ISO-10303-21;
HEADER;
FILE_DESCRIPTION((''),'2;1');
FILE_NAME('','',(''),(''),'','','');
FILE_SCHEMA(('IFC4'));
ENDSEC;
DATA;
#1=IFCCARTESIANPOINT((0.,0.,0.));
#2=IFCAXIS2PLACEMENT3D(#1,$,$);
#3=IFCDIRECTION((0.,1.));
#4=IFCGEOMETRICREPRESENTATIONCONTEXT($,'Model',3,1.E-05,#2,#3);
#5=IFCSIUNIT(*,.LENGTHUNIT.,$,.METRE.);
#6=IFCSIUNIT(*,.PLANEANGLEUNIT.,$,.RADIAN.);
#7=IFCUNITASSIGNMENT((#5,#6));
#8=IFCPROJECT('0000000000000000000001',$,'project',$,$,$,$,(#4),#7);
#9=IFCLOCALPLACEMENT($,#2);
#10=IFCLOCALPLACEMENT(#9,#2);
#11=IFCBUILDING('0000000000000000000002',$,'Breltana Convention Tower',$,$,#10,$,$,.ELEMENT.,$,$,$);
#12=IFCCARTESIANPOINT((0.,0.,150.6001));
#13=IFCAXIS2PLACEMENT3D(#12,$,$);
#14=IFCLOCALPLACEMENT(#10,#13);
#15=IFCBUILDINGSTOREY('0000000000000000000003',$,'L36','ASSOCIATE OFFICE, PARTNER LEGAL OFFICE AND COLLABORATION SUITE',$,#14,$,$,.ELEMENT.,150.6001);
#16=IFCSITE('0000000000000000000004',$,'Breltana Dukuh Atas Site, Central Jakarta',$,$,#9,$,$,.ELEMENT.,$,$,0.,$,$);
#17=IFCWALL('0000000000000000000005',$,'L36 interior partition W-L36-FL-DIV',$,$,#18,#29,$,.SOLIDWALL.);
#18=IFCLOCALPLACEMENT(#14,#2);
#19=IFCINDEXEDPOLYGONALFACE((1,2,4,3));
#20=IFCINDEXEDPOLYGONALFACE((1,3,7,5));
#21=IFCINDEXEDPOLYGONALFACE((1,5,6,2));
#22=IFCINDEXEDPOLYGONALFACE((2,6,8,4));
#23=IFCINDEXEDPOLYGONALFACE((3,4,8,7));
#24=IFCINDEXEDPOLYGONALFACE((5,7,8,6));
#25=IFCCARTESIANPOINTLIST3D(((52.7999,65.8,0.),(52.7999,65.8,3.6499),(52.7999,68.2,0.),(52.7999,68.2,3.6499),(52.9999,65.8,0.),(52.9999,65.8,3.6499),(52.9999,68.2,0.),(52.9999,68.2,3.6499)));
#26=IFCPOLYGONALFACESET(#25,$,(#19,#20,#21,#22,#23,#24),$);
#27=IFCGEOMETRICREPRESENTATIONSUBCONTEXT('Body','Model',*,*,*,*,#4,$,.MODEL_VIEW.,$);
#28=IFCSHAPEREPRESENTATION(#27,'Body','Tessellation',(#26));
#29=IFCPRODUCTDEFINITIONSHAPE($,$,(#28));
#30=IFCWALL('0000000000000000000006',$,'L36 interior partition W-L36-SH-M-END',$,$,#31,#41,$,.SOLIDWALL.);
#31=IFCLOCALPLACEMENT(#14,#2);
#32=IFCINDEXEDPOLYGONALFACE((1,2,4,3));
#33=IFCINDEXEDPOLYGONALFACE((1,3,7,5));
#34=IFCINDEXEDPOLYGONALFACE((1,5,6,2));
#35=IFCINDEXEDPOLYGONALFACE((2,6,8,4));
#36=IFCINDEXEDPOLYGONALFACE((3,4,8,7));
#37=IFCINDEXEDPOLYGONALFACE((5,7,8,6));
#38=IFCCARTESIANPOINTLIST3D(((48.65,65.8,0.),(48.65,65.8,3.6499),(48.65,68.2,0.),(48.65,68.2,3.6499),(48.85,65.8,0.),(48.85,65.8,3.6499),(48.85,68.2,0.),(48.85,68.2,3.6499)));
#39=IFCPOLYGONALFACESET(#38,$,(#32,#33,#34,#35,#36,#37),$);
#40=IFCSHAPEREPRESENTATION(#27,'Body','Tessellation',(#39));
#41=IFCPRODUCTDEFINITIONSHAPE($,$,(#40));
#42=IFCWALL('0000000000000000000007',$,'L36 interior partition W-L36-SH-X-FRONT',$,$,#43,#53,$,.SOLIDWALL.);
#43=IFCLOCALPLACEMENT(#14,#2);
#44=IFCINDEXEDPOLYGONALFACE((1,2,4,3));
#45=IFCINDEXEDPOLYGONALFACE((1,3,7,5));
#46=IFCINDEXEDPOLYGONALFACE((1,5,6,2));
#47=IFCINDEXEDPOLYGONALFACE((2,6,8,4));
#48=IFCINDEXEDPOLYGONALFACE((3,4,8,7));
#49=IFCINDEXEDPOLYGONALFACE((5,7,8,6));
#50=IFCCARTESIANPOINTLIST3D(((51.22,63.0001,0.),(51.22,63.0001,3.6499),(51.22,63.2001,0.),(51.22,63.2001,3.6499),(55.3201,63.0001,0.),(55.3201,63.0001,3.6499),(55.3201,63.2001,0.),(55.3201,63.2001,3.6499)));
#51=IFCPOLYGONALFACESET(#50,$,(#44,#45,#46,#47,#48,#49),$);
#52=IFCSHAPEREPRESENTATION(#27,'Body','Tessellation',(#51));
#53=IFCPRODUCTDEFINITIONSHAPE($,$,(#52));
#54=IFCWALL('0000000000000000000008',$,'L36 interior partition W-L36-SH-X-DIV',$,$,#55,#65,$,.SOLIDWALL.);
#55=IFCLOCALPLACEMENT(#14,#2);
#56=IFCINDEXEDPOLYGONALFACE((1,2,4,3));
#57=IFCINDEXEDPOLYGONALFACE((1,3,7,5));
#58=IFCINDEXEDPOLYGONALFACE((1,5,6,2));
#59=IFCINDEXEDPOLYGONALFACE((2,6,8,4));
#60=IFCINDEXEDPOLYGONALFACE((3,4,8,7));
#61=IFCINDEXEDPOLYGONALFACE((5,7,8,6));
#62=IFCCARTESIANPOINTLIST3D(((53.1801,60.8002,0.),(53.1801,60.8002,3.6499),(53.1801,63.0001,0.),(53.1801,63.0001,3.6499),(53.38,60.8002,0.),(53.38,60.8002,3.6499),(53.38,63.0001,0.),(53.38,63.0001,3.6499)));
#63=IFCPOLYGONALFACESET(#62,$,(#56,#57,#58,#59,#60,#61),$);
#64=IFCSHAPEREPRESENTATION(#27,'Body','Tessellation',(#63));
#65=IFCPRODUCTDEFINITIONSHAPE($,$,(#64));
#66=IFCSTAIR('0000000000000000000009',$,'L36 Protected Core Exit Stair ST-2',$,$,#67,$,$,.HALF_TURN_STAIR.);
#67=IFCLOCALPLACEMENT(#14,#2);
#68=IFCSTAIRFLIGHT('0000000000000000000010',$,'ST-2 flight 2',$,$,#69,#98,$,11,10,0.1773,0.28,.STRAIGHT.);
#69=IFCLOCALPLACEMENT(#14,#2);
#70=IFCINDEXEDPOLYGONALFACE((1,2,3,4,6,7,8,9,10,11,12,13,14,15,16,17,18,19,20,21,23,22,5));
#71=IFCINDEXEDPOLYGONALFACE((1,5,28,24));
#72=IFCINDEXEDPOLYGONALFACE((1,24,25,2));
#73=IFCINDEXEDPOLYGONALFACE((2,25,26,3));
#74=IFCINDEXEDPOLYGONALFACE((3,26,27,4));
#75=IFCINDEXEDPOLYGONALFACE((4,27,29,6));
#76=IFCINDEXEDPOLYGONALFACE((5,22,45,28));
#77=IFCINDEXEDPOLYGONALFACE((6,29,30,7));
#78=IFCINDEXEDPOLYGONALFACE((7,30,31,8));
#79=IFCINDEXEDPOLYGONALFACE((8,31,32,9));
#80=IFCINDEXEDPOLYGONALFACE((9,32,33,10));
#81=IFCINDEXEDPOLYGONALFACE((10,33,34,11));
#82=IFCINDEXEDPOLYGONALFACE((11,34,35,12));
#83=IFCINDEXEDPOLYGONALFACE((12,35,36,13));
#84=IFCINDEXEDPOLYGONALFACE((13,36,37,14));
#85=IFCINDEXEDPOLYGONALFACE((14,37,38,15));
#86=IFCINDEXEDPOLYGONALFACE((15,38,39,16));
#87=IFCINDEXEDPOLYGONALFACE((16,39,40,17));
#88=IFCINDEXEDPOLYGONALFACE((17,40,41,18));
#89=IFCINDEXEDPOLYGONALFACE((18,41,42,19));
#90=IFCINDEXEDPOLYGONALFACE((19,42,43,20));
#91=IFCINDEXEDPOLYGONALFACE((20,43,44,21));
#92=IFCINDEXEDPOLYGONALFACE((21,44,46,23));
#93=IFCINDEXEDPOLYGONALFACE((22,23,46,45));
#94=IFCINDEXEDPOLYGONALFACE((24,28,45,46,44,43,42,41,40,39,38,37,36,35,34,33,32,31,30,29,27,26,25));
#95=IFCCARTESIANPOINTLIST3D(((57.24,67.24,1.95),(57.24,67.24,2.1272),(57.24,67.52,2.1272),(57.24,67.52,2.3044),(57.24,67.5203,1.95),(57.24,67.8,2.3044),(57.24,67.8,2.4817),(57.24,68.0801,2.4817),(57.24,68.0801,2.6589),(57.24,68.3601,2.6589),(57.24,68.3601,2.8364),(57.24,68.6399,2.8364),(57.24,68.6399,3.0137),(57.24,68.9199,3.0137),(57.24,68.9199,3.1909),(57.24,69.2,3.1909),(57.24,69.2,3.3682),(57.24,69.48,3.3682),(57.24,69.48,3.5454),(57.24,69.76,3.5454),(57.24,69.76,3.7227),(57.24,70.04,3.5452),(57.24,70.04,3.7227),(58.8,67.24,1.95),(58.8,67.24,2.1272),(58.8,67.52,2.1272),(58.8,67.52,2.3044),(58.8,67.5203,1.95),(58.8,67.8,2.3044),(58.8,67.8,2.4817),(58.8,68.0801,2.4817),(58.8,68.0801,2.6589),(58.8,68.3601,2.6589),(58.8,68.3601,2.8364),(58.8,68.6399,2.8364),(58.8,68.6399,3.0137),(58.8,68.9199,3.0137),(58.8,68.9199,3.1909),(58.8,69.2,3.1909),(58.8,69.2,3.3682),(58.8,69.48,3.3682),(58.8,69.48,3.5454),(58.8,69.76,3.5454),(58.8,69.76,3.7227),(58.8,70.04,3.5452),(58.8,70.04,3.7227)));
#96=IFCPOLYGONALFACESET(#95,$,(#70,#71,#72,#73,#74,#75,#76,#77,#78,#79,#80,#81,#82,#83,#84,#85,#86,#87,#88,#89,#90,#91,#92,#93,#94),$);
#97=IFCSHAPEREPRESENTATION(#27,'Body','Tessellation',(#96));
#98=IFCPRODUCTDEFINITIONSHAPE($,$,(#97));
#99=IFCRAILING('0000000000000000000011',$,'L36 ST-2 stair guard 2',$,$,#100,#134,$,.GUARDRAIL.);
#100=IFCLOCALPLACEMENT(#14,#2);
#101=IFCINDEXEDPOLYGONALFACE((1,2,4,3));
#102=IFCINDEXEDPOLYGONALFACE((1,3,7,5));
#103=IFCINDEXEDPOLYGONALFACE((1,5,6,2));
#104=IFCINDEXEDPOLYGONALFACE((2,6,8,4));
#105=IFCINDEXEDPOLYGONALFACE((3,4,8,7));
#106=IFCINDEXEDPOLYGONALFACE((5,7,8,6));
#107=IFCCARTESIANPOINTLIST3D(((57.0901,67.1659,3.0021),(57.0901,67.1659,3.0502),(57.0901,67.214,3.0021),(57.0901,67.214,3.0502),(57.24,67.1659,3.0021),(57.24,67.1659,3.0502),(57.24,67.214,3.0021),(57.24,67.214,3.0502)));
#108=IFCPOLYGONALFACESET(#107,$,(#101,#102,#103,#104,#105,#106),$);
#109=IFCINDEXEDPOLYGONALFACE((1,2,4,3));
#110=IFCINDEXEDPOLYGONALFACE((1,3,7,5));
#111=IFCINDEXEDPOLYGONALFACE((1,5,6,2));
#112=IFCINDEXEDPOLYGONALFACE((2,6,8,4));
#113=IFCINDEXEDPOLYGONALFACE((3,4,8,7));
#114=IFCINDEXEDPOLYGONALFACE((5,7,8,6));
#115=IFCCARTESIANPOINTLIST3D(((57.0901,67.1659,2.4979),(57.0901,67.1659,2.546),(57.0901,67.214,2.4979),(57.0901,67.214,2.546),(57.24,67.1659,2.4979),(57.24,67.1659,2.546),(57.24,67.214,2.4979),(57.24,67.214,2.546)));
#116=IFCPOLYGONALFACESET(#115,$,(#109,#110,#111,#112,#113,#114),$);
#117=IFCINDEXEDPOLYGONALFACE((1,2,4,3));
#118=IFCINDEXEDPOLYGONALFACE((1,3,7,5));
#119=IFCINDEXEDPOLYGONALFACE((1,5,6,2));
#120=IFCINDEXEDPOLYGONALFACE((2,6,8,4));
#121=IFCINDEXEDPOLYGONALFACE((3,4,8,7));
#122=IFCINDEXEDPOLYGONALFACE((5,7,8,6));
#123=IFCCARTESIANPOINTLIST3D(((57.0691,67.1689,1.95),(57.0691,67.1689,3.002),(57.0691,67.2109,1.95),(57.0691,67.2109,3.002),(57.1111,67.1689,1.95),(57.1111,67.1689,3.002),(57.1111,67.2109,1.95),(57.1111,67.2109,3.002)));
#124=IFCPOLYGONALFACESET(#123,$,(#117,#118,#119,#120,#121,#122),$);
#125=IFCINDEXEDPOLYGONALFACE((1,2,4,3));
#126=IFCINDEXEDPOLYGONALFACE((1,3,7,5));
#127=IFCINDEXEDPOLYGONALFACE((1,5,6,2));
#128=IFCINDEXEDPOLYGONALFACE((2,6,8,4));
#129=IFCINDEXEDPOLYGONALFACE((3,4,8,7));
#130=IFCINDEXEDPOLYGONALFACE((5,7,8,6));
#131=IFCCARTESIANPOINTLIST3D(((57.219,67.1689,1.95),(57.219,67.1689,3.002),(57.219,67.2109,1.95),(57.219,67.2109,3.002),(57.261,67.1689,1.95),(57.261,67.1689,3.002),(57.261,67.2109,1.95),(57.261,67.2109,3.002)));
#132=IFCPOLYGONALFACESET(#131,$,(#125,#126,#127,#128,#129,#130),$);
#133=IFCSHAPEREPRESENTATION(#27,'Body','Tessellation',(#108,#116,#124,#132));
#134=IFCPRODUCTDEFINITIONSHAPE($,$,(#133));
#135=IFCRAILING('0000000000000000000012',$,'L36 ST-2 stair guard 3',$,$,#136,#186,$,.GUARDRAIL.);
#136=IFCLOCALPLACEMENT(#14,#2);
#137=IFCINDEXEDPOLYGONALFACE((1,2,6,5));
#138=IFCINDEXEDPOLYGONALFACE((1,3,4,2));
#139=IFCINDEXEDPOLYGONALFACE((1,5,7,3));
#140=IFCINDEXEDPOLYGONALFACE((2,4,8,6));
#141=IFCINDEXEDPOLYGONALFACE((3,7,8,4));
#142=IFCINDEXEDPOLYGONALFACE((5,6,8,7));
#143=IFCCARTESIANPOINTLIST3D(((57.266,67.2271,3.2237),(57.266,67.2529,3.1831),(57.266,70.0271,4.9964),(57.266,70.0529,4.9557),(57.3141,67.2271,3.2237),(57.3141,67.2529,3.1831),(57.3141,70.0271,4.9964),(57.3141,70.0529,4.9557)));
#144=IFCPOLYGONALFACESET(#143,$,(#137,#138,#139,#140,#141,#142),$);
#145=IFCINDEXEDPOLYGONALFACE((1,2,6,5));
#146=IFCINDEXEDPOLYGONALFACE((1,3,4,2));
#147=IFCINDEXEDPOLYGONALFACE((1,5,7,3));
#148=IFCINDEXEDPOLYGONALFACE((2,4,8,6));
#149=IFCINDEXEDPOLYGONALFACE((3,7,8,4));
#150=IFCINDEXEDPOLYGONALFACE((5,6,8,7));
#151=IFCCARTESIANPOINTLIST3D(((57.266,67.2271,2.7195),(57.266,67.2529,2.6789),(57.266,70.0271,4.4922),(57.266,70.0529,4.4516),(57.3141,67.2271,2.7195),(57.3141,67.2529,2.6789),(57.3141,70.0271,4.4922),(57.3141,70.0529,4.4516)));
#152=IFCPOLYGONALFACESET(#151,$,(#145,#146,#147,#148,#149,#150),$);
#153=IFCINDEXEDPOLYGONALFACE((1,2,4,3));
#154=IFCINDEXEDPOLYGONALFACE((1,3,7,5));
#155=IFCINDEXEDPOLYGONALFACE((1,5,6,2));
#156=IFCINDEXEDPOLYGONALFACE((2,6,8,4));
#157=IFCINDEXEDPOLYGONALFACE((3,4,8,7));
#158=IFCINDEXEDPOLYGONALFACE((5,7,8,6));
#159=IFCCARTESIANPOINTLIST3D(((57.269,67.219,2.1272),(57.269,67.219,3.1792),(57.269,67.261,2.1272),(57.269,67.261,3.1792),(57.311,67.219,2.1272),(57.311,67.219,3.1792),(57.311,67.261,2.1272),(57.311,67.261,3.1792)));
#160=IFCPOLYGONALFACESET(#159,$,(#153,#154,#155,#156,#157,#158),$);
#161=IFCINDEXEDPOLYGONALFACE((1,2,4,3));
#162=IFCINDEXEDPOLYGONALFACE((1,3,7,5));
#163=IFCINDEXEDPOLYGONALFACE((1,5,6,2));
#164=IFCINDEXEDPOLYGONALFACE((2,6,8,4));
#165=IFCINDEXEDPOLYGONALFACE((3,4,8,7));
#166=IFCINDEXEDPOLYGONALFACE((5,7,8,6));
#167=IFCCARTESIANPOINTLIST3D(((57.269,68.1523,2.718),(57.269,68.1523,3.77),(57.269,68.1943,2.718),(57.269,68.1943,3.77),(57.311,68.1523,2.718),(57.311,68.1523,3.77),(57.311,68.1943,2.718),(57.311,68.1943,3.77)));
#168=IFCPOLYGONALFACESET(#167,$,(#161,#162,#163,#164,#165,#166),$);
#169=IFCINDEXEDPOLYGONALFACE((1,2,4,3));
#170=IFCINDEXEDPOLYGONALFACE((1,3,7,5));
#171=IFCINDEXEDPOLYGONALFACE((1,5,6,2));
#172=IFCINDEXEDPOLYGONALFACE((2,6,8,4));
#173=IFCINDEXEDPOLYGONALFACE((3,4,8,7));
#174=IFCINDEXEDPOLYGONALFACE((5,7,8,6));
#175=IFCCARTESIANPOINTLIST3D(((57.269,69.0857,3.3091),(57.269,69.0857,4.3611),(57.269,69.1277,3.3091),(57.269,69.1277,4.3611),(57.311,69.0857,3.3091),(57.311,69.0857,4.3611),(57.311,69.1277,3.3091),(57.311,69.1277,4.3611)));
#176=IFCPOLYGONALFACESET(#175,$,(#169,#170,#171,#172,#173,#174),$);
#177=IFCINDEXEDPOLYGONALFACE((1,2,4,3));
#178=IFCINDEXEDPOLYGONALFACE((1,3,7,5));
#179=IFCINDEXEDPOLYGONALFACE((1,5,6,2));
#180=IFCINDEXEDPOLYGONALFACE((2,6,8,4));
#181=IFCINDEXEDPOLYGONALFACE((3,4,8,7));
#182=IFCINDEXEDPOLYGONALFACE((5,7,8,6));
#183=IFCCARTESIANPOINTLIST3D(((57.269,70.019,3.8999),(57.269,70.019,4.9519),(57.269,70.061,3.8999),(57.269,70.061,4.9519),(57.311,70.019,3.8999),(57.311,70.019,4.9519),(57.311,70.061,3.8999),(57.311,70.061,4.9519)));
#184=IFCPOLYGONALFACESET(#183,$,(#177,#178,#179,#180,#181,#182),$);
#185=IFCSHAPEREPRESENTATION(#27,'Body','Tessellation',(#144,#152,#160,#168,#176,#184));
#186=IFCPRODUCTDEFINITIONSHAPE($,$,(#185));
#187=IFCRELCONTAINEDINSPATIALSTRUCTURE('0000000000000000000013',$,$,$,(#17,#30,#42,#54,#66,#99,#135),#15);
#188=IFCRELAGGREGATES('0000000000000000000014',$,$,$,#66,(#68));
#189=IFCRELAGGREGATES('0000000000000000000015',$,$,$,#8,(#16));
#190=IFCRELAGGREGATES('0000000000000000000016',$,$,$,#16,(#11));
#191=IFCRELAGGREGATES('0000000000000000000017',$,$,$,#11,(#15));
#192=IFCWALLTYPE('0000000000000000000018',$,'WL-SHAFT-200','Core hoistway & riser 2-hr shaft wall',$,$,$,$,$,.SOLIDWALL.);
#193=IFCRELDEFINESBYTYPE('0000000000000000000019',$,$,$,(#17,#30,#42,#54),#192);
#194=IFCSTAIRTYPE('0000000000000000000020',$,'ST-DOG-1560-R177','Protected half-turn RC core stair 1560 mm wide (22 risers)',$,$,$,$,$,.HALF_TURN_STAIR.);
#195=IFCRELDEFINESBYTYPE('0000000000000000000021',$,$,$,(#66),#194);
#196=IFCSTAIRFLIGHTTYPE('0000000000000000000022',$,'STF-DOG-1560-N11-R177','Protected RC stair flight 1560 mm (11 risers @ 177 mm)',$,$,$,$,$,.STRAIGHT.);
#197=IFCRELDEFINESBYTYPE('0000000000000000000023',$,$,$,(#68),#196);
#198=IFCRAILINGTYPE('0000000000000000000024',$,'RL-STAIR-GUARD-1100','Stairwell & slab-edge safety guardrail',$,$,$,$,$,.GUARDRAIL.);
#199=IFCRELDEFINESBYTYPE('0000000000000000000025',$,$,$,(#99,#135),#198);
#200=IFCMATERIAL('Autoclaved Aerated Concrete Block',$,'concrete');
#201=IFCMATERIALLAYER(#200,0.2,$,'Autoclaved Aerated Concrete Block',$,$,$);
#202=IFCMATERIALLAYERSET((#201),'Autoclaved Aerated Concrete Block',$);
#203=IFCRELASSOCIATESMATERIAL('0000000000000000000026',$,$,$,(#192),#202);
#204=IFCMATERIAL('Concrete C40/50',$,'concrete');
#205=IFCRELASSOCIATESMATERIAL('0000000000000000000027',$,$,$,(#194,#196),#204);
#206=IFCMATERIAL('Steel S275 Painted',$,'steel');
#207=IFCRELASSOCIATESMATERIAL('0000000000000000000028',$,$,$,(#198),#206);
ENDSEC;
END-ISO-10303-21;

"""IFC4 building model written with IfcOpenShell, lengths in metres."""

from ifc_helpers import new_model, si_unit, direction, frame, frame_2d, origin, origin_2d, place, context, subcontext, project, spatial, polyline, rectangle, outline, extrude, source, transform, mapped, material, layer, layer_set, type_object, element, aggregate, save


model = new_model("IFC4")

# Units and contexts
model_context = context("Model", 3, precision=1e-05, world=origin(), true_north=direction((0.0, 1.0)))
body_context = subcontext(model_context, "Body", "Model", "MODEL_VIEW")
ifc_project = project(units=[si_unit("LENGTHUNIT", "METRE"), si_unit("PLANEANGLEUNIT", "RADIAN")], contexts=[model_context])

# Site, building, storey
site_placement = place(None, origin())
site = spatial("IfcSite", under=ifc_project, at=site_placement, Name="Breltana Dukuh Atas Site, Central Jakarta", CompositionType="ELEMENT", RefElevation=0.0)
building_placement = place(site_placement, origin())
building = spatial("IfcBuilding", under=site, at=building_placement, Name="Breltana Convention Tower", CompositionType="ELEMENT")
storey_placement = place(building_placement, frame((0.0, 0.0, 150.6001)))
storey = spatial("IfcBuildingStorey", under=building, at=storey_placement, Name="L36", Description="ASSOCIATE OFFICE, PARTNER LEGAL OFFICE AND COLLABORATION SUITE", CompositionType="ELEMENT", Elevation=150.6001)

# Walls
ifc_material_1 = material(Name="Autoclaved Aerated Concrete Block", Category="concrete")
ifc_layer_1 = layer(ifc_material_1, 0.2, Name="Autoclaved Aerated Concrete Block")
ifc_layer_set_1 = layer_set([ifc_layer_1], Name="Autoclaved Aerated Concrete Block")
wall_type_1 = type_object("IfcWallType", Name="WL-SHAFT-200", Description="Core hoistway & riser 2-hr shaft wall", PredefinedType="SOLIDWALL", material=ifc_layer_set_1)
shared_shape_1 = source(origin(), body_context, "Body", "SweptSolid", [
    extrude(rectangle(XDim=2.3999, YDim=0.2, at=frame_2d((1.2, 0.0))), origin(), (0.0, 0.0, 1.0), 3.6499),
])
for number, where, z_axis, x_axis, name in (
    (1, (52.8999, 65.8, 0.0), (0.0, 0.0, 1.0), (0.0, 1.0, 0.0), "L36 interior partition W-L36-FL-DIV"),
    (2, (48.75, 65.8, 0.0), (0.0, 0.0, 1.0), (0.0, 1.0, 0.0), "L36 interior partition W-L36-SH-M-END"),
):
    element("IfcWall", number, at=place(storey_placement, frame(where, z_axis=z_axis, x_axis=x_axis)), inside=storey, type_object=wall_type_1, Name=name, PredefinedType="SOLIDWALL", context=body_context, shape_type="MappedRepresentation", body=[
        mapped(shared_shape_1, transform((0.0, 0.0, 0.0), scale=1.0)),
    ])
shared_shape_2 = source(origin(), body_context, "Body", "SweptSolid", [
    extrude(rectangle(XDim=4.1001, YDim=0.2, at=frame_2d((2.05, 0.0))), origin(), (0.0, 0.0, 1.0), 3.6499),
])
wall_1_placement = place(storey_placement, frame((51.22, 63.1001, 0.0), z_axis=(0.0, 0.0, 1.0), x_axis=(1.0, 0.0, 0.0)))
element("IfcWall", 3, at=wall_1_placement, inside=storey, type_object=wall_type_1, Name="L36 interior partition W-L36-SH-X-FRONT", PredefinedType="SOLIDWALL", context=body_context, shape_type="MappedRepresentation", body=[
    mapped(shared_shape_2, transform((0.0, 0.0, 0.0), scale=1.0)),
])
shared_shape_3 = source(origin(), body_context, "Body", "SweptSolid", [
    extrude(rectangle(XDim=2.2, YDim=0.2, at=frame_2d((1.1001, 0.0))), origin(), (0.0, 0.0, 1.0), 3.6499),
])
wall_2_placement = place(storey_placement, frame((53.28, 60.8, 0.0), z_axis=(0.0, 0.0, 1.0), x_axis=(0.0, 1.0, 0.0)))
element("IfcWall", 4, at=wall_2_placement, inside=storey, type_object=wall_type_1, Name="L36 interior partition W-L36-SH-X-DIV", PredefinedType="SOLIDWALL", context=body_context, shape_type="MappedRepresentation", body=[
    mapped(shared_shape_3, transform((0.0, 0.0, 0.0), scale=1.0)),
])

# Stair, stair flight
ifc_material_2 = material(Name="Concrete C40/50", Category="concrete")
stair_type = type_object("IfcStairType", Name="ST-DOG-1560-R177", Description="Protected half-turn RC core stair 1560 mm wide (22 risers)", PredefinedType="HALF_TURN_STAIR", material=ifc_material_2)
stair_placement = place(storey_placement, origin())
stair = element("IfcStair", 5, at=stair_placement, inside=storey, type_object=stair_type, Name="L36 Protected Core Exit Stair ST-2", PredefinedType="HALF_TURN_STAIR")
stair_flight_type = type_object("IfcStairFlightType", Name="STF-DOG-1560-N11-R177", Description="Protected RC stair flight 1560 mm (11 risers @ 177 mm)", PredefinedType="STRAIGHT", material=ifc_material_2)
stair_flight_placement = place(storey_placement, frame((58.02, 67.24, 1.95), z_axis=(0.0, 0.0, 1.0), x_axis=(0.0, 1.0, 0.0)))
stair_flight = element("IfcStairFlight", 6, at=stair_flight_placement, type_object=stair_flight_type, Name="ST-2 flight 2", NumberOfRisers=11, NumberOfTreads=10, PredefinedType="STRAIGHT", RiserHeight=0.1773, TreadLength=0.28, context=body_context, shape_type="SweptSolid", body=[
    extrude(outline(polyline([(0.0, 0.0), (0.0, 0.1772), (0.28, 0.1772), (0.28, 0.3545), (0.5601, 0.3545), (0.5601, 0.5317), (0.8401, 0.5317), (0.8401, 0.709), (1.1201, 0.709), (1.1201, 0.8865), (1.3999, 0.8865), (1.3999, 1.0637), (1.6799, 1.0637), (1.6799, 1.241), (1.96, 1.241), (1.96, 1.4182), (2.24, 1.4182), (2.24, 1.5955), (2.52, 1.5955), (2.52, 1.7727), (2.8, 1.7727), (2.8, 1.95), (2.8, 1.5952), (0.2803, 0.0), (0.0, 0.0)])), frame((0.0, 0.78, 0.0), z_axis=(0.0, -1.0, 0.0), x_axis=(1.0, 0.0, 0.0)), (0.0, 0.0, 1.0), 1.5601),
])
aggregate(stair, [stair_flight])

# Railings
ifc_material_3 = material(Name="Steel S275 Painted", Category="steel")
railing_type = type_object("IfcRailingType", Name="RL-STAIR-GUARD-1100", Description="Stairwell & slab-edge safety guardrail", PredefinedType="GUARDRAIL", material=ifc_material_3)
railing_1_placement = place(storey_placement, frame((57.0901, 67.1899, 1.95)))
element("IfcRailing", 7, at=railing_1_placement, inside=storey, type_object=railing_type, Name="L36 ST-2 stair guard 2", PredefinedType="GUARDRAIL", context=body_context, shape_type="SweptSolid", body=[
    extrude(rectangle(XDim=0.0481, YDim=0.0481, at=origin_2d()), frame((0.0, 0.0, 1.0762), z_axis=(1.0, 0.0, 0.0), x_axis=(0.0, 1.0, 0.0)), (0.0, 0.0, 1.0), 0.1499),
    extrude(rectangle(XDim=0.0481, YDim=0.0481, at=origin_2d()), frame((0.0, 0.0, 0.572), z_axis=(1.0, 0.0, 0.0), x_axis=(0.0, 1.0, 0.0)), (0.0, 0.0, 1.0), 0.1499),
    extrude(rectangle(XDim=0.042, YDim=0.042, at=origin_2d()), origin(), (0.0, 0.0, 1.0), 1.052),
    extrude(rectangle(XDim=0.042, YDim=0.042, at=origin_2d()), frame((0.1499, 0.0, 0.0)), (0.0, 0.0, 1.0), 1.052),
])
railing_2_placement = place(storey_placement, frame((57.29, 67.24, 2.1272)))
element("IfcRailing", 8, at=railing_2_placement, inside=storey, type_object=railing_type, Name="L36 ST-2 stair guard 3", PredefinedType="GUARDRAIL", context=body_context, shape_type="SweptSolid", body=[
    extrude(rectangle(XDim=0.0481, YDim=0.0481, at=origin_2d()), frame((0.0, 0.0, 1.0762), z_axis=(0.0, 0.844909, 0.53491), x_axis=(-1.0, 0.0, 0.0)), (0.0, 0.0, 1.0), 3.314),
    extrude(rectangle(XDim=0.0481, YDim=0.0481, at=origin_2d()), frame((0.0, 0.0, 0.572), z_axis=(0.0, 0.844909, 0.53491), x_axis=(-1.0, 0.0, 0.0)), (0.0, 0.0, 1.0), 3.314),
    extrude(rectangle(XDim=0.042, YDim=0.042, at=origin_2d()), origin(), (0.0, 0.0, 1.0), 1.052),
    extrude(rectangle(XDim=0.042, YDim=0.042, at=origin_2d()), frame((0.0, 0.9333, 0.5908)), (0.0, 0.0, 1.0), 1.052),
    extrude(rectangle(XDim=0.042, YDim=0.042, at=origin_2d()), frame((0.0, 1.8667, 1.1819)), (0.0, 0.0, 1.0), 1.052),
    extrude(rectangle(XDim=0.042, YDim=0.042, at=origin_2d()), frame((0.0, 2.8, 1.7727)), (0.0, 0.0, 1.0), 1.052),
])

save(model, "model.ifc")
